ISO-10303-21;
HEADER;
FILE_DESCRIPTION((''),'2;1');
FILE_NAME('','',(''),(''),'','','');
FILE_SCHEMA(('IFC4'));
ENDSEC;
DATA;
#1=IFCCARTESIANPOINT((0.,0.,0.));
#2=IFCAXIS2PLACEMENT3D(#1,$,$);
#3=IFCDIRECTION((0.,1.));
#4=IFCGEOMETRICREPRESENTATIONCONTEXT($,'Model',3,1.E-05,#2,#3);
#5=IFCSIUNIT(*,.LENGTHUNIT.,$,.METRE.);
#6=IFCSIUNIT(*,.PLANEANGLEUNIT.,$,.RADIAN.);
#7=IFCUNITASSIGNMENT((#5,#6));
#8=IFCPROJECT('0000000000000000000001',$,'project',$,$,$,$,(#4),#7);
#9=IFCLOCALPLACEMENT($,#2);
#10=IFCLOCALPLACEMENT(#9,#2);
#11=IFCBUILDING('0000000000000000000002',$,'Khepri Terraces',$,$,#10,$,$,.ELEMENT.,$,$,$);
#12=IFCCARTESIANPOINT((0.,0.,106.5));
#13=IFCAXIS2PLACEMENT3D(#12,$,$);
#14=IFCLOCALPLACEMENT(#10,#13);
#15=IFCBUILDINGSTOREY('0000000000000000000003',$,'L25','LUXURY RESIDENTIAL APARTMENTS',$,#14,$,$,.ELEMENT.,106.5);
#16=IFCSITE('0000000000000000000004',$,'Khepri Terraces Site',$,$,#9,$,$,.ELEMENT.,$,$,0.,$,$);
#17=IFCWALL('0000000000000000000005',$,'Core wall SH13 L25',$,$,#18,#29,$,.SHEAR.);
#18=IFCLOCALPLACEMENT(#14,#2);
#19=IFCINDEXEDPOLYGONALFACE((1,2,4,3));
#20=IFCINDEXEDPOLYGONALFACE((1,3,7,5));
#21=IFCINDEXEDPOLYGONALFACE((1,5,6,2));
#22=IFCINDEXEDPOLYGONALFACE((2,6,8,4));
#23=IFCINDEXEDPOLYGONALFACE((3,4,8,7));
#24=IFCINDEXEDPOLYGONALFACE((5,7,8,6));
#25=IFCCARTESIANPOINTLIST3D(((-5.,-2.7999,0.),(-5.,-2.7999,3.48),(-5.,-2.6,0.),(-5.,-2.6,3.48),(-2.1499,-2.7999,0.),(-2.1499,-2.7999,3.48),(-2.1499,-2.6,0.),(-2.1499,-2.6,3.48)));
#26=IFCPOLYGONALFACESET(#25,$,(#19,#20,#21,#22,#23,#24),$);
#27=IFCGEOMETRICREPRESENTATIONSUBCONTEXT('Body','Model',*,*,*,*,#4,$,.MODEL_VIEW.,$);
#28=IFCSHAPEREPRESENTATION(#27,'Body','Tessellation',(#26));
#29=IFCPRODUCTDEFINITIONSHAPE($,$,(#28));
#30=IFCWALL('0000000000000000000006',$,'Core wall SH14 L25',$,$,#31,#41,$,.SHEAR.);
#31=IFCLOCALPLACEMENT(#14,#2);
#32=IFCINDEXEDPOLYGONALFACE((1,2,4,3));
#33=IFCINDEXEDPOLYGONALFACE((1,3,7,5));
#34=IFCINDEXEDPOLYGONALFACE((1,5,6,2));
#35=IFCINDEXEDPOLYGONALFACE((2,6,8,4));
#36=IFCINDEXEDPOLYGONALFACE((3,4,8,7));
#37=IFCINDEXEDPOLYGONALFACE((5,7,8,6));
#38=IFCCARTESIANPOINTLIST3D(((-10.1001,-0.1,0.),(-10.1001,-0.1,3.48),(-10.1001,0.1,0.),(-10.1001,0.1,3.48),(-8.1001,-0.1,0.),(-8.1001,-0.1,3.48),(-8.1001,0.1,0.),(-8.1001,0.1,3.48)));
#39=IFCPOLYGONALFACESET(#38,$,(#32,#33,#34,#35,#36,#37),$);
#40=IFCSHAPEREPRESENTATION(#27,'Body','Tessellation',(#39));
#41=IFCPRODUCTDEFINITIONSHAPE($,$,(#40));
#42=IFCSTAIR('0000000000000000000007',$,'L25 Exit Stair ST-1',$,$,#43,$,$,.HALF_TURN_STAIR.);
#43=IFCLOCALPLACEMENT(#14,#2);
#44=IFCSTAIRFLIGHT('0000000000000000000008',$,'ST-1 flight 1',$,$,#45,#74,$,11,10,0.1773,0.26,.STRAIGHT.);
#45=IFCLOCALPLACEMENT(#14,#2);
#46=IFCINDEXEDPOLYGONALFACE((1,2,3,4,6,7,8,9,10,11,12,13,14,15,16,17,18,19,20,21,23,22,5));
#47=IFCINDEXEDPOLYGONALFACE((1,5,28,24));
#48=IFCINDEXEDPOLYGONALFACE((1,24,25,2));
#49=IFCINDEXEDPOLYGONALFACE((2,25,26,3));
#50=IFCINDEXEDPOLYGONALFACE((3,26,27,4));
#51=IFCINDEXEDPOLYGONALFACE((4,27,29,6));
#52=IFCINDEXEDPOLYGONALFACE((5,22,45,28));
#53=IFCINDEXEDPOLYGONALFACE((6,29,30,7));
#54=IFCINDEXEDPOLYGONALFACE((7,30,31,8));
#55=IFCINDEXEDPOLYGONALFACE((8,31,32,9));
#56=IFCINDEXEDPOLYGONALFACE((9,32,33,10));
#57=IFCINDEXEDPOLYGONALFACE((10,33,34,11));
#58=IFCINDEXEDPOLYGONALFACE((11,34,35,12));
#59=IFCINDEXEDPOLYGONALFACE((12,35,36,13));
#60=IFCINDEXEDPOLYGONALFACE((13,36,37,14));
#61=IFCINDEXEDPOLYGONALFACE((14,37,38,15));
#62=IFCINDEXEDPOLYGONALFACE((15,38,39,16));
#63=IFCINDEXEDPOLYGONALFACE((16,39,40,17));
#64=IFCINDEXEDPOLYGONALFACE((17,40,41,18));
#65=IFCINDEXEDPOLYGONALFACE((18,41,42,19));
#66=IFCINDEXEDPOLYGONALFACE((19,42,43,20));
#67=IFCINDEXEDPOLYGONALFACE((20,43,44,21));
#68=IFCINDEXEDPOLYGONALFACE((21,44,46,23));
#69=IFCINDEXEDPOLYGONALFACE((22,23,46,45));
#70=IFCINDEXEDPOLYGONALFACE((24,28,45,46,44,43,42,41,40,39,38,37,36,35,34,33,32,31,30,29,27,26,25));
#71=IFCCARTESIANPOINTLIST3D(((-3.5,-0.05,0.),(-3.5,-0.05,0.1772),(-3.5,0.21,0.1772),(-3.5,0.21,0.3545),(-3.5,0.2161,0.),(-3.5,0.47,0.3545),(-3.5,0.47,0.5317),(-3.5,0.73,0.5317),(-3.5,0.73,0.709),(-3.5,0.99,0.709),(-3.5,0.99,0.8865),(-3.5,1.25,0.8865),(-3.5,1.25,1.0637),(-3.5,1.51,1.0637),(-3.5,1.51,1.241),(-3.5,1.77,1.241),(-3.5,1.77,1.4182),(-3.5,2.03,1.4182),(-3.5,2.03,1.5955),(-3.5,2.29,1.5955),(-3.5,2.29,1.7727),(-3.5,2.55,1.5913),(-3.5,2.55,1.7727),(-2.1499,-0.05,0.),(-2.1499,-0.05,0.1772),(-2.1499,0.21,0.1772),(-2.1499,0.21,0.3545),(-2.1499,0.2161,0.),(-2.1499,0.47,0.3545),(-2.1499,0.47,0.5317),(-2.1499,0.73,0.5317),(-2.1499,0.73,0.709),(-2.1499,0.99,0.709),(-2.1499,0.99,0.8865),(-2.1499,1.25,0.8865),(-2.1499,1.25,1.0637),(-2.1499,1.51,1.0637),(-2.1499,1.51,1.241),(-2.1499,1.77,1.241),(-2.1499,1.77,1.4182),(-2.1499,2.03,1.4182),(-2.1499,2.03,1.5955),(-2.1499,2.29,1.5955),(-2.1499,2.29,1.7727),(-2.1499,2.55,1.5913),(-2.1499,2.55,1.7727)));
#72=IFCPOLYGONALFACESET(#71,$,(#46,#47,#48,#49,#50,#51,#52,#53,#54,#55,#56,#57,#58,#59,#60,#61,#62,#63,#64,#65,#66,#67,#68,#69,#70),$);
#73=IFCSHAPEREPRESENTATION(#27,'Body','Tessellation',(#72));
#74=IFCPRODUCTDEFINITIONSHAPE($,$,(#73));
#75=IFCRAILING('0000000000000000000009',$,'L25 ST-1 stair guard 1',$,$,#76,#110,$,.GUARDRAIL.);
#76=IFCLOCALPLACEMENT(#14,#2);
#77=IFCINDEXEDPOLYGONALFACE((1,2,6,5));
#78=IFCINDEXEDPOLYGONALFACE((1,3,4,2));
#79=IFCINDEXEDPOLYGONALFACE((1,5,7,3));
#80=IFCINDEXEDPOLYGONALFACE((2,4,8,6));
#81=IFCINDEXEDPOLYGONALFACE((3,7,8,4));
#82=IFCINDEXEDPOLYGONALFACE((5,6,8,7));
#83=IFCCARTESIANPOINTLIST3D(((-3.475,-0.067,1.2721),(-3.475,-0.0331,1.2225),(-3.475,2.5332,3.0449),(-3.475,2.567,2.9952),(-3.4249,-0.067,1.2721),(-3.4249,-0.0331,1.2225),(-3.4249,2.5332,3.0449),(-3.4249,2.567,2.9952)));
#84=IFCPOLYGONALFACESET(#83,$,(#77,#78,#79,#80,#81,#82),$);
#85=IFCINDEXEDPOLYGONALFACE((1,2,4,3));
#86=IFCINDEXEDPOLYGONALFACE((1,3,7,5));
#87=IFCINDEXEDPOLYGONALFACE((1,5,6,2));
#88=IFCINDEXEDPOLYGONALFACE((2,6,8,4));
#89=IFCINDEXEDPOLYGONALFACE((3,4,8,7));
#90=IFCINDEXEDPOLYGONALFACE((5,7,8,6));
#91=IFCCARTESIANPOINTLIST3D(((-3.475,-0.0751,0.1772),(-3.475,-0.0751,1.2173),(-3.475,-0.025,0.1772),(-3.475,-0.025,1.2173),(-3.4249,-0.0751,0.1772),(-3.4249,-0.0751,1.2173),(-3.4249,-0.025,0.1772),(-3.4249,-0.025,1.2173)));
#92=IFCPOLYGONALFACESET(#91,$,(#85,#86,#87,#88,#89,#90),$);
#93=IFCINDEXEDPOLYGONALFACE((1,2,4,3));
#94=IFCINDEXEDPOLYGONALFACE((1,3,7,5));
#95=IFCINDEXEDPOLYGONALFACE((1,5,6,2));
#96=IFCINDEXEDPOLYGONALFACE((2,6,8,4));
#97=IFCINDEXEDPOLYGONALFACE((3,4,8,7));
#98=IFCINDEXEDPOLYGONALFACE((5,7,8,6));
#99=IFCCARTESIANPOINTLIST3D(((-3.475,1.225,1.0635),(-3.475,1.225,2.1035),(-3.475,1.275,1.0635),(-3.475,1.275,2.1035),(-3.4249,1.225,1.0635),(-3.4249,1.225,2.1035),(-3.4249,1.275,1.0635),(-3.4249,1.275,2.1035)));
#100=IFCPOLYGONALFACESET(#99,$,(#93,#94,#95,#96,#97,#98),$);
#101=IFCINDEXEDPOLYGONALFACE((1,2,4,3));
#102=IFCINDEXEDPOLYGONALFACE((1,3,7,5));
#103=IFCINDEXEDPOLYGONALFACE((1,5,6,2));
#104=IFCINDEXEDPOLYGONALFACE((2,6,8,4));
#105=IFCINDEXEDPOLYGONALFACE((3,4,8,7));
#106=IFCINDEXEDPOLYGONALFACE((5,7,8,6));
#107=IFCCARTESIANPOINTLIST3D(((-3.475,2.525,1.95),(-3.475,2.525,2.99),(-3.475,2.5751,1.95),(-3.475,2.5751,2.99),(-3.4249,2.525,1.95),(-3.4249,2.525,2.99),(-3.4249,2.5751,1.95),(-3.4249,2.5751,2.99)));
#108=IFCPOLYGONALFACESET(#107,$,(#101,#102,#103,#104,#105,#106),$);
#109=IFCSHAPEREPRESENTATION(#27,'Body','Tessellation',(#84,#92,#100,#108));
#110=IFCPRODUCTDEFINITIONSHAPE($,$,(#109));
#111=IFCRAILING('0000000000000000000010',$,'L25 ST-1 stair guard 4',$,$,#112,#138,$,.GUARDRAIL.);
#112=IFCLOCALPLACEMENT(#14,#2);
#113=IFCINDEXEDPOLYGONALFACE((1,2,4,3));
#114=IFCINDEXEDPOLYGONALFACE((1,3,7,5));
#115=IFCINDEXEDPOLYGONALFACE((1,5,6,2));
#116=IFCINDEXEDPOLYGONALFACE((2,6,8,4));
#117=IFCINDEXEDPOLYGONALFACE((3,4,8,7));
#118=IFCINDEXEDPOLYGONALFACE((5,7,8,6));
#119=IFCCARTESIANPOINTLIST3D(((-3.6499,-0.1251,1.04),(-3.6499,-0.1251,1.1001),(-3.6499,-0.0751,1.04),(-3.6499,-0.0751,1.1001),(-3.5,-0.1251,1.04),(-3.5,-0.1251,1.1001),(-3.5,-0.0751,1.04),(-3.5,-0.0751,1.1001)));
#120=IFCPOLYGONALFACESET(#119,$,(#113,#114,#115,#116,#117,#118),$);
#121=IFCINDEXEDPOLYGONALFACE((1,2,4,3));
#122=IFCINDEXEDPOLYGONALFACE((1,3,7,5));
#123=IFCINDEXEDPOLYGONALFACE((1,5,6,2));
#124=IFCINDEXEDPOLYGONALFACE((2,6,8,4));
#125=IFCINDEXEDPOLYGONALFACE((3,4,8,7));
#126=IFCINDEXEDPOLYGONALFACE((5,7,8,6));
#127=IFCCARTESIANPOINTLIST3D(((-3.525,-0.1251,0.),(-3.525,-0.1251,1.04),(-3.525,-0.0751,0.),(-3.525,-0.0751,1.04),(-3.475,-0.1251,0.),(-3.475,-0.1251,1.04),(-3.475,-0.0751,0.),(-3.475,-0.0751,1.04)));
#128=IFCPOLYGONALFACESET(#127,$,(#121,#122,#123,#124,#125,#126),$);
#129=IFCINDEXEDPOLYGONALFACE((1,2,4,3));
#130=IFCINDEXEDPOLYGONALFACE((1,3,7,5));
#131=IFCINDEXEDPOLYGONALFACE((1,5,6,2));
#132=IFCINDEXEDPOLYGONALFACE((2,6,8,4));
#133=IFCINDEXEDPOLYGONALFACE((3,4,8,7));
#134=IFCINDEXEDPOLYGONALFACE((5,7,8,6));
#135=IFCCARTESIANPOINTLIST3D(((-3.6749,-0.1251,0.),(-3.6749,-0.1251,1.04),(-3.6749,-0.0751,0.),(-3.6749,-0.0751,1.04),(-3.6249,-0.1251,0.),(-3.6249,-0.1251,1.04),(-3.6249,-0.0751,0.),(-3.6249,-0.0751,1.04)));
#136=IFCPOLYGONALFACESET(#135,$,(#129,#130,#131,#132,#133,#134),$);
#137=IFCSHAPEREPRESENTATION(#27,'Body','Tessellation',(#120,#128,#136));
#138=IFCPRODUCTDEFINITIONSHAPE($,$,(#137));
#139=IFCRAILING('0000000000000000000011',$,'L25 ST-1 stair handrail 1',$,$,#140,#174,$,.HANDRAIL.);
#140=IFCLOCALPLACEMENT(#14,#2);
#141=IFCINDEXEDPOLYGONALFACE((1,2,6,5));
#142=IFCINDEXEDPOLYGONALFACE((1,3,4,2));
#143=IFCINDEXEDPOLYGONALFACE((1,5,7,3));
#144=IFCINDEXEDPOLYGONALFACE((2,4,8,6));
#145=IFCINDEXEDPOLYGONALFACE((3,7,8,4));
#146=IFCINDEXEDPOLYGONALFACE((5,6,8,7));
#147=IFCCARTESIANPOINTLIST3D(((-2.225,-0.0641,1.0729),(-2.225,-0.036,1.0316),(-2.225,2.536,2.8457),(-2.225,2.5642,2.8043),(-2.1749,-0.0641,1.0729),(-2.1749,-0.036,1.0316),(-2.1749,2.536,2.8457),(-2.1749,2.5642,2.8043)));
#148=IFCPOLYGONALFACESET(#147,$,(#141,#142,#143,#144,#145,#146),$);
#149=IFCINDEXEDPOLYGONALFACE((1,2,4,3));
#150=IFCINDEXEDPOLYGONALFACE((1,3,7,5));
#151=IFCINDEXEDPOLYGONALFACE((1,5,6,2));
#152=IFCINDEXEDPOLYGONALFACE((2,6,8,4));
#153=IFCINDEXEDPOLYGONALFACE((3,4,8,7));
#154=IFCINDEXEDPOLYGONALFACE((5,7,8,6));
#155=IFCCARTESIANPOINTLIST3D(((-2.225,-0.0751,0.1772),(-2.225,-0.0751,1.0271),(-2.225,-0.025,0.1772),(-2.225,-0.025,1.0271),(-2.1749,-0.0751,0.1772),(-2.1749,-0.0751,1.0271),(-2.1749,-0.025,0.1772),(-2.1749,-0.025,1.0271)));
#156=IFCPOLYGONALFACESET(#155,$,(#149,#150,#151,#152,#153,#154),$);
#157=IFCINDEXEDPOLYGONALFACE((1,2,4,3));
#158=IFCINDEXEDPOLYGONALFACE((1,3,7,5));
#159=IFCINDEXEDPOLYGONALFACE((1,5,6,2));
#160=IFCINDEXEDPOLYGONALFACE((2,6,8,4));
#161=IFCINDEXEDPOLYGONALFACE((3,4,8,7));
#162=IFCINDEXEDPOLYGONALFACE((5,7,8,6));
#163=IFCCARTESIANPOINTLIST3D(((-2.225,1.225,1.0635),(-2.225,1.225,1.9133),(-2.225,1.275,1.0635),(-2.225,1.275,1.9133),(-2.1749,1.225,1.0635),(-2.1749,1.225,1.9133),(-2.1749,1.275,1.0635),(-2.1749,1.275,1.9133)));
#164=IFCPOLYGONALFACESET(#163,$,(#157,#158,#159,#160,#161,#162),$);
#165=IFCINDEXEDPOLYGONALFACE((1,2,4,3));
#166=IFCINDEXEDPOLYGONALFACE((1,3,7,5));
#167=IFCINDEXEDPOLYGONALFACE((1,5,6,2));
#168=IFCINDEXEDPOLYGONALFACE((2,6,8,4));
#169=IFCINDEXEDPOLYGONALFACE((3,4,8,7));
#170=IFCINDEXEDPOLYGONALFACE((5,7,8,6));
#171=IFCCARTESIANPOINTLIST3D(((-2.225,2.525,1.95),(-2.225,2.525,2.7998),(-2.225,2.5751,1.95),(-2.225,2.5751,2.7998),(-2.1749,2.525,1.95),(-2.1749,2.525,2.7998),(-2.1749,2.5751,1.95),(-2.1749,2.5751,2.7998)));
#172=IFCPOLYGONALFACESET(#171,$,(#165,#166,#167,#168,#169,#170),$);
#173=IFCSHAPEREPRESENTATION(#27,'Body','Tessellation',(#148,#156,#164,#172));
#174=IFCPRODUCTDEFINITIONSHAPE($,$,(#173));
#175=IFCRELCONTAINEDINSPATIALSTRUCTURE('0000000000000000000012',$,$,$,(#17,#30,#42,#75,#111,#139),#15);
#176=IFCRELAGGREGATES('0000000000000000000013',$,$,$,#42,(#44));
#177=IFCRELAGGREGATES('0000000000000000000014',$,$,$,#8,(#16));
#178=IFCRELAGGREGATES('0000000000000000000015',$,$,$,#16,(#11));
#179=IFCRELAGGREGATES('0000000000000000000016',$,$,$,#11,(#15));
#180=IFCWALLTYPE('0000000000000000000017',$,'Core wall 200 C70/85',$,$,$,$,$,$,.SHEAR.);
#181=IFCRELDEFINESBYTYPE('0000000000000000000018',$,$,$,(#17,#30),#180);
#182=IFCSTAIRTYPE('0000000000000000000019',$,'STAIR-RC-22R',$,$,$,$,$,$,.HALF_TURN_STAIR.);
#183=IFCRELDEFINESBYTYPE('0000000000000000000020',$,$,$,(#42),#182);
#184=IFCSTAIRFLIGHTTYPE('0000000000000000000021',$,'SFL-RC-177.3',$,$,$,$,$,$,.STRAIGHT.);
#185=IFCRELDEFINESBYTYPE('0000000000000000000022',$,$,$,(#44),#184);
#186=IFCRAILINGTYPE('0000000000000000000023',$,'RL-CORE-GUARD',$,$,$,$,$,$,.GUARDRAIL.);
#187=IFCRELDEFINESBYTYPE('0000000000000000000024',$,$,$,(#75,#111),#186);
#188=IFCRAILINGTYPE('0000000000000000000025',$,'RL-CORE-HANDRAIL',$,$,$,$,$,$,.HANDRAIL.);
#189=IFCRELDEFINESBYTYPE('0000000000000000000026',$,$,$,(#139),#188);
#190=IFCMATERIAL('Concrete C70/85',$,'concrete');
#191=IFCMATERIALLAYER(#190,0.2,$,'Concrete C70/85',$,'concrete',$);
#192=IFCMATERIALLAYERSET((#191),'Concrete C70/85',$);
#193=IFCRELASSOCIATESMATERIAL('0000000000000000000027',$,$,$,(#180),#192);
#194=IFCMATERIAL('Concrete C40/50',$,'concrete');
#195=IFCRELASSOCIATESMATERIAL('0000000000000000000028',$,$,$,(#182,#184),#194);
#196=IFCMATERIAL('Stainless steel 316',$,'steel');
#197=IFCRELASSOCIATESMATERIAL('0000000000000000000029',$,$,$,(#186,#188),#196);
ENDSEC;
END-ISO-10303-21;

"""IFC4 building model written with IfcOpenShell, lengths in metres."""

from ifc_helpers import new_model, si_unit, direction, frame, frame_2d, origin, origin_2d, place, context, subcontext, project, spatial, polyline, rectangle, outline, extrude, material, layer, layer_set, type_object, element, aggregate, save


model = new_model("IFC4")

# Units and contexts
model_context = context("Model", 3, precision=1e-05, world=origin(), true_north=direction((0.0, 1.0)))
body_context = subcontext(model_context, "Body", "Model", "MODEL_VIEW")
ifc_project = project(units=[si_unit("LENGTHUNIT", "METRE"), si_unit("PLANEANGLEUNIT", "RADIAN")], contexts=[model_context])

# Site, building, storey
site_placement = place(None, origin())
site = spatial("IfcSite", under=ifc_project, at=site_placement, Name="Khepri Terraces Site", CompositionType="ELEMENT", RefElevation=0.0)
building_placement = place(site_placement, origin())
building = spatial("IfcBuilding", under=site, at=building_placement, Name="Khepri Terraces", CompositionType="ELEMENT")
storey_placement = place(building_placement, frame((0.0, 0.0, 106.5)))
storey = spatial("IfcBuildingStorey", under=building, at=storey_placement, Name="L25", Description="LUXURY RESIDENTIAL APARTMENTS", CompositionType="ELEMENT", Elevation=106.5)

# Shared definitions
ifc_material_1 = material(Name="Concrete C40/50", Category="concrete")

# Shared definitions
ifc_material_2 = material(Name="Concrete C70/85", Category="concrete")
ifc_layer_1 = layer(ifc_material_2, 0.2, Name="Concrete C70/85", Category="concrete")
ifc_layer_set_1 = layer_set([ifc_layer_1], Name="Concrete C70/85")
wall_type = type_object("IfcWallType", Name="Core wall 200 C70/85", PredefinedType="SHEAR", material=ifc_layer_set_1)

# Walls
wall_1_placement = place(storey_placement, frame((-5.0, -2.7, 0.0), z_axis=(0.0, 0.0, 1.0), x_axis=(1.0, 0.0, 0.0)))
element("IfcWall", 1, at=wall_1_placement, inside=storey, type_object=wall_type, Name="Core wall SH13 L25", PredefinedType="SHEAR", context=body_context, shape_type="SweptSolid", body=[
    extrude(rectangle(XDim=2.8501, YDim=0.2, at=frame_2d((1.425, 0.0))), origin(), (0.0, 0.0, 1.0), 3.48),
])
wall_2_placement = place(storey_placement, frame((-10.1001, 0.0, 0.0), z_axis=(0.0, 0.0, 1.0), x_axis=(1.0, 0.0, 0.0)))
element("IfcWall", 2, at=wall_2_placement, inside=storey, type_object=wall_type, Name="Core wall SH14 L25", PredefinedType="SHEAR", context=body_context, shape_type="SweptSolid", body=[
    extrude(rectangle(XDim=2.0, YDim=0.2, at=frame_2d((1.0, 0.0))), origin(), (0.0, 0.0, 1.0), 3.48),
])

# Stair, stair flight
stair_type = type_object("IfcStairType", Name="STAIR-RC-22R", PredefinedType="HALF_TURN_STAIR", material=ifc_material_1)
stair_placement = place(storey_placement, origin())
stair = element("IfcStair", 3, at=stair_placement, inside=storey, type_object=stair_type, Name="L25 Exit Stair ST-1", PredefinedType="HALF_TURN_STAIR")
stair_flight_type = type_object("IfcStairFlightType", Name="SFL-RC-177.3", PredefinedType="STRAIGHT", material=ifc_material_1)
stair_flight_placement = place(storey_placement, frame((-2.825, -0.05, 0.0), z_axis=(0.0, 0.0, 1.0), x_axis=(0.0, 1.0, 0.0)))
stair_flight = element("IfcStairFlight", 4, at=stair_flight_placement, type_object=stair_flight_type, Name="ST-1 flight 1", NumberOfRisers=11, NumberOfTreads=10, PredefinedType="STRAIGHT", RiserHeight=0.1773, TreadLength=0.26, context=body_context, shape_type="SweptSolid", body=[
    extrude(outline(polyline([(0.0, 0.0), (0.0, 0.1772), (0.26, 0.1772), (0.26, 0.3545), (0.52, 0.3545), (0.52, 0.5317), (0.78, 0.5317), (0.78, 0.709), (1.04, 0.709), (1.04, 0.8865), (1.3, 0.8865), (1.3, 1.0637), (1.5601, 1.0637), (1.5601, 1.241), (1.8201, 1.241), (1.8201, 1.4182), (2.0801, 1.4182), (2.0801, 1.5955), (2.3401, 1.5955), (2.3401, 1.7727), (2.6001, 1.7727), (2.6001, 1.95), (2.6001, 1.5913), (0.2661, 0.0), (0.0, 0.0)])), frame((0.0, 0.675, 0.0), z_axis=(0.0, -1.0, 0.0), x_axis=(1.0, 0.0, 0.0)), (0.0, 0.0, 1.0), 1.3501),
])
aggregate(stair, [stair_flight])

# Railings
ifc_material_3 = material(Name="Stainless steel 316", Category="steel")
railing_type_1 = type_object("IfcRailingType", Name="RL-CORE-GUARD", PredefinedType="GUARDRAIL", material=ifc_material_3)
railing_1_placement = place(storey_placement, frame((-3.45, -0.05, 0.1772)))
element("IfcRailing", 5, at=railing_1_placement, inside=storey, type_object=railing_type_1, Name="L25 ST-1 stair guard 1", PredefinedType="GUARDRAIL", context=body_context, shape_type="SweptSolid", body=[
    extrude(rectangle(XDim=0.05, YDim=0.0601, at=origin_2d()), frame((0.0, 0.0, 1.0701), z_axis=(0.0, 0.82624, 0.563318), x_axis=(-1.0, 0.0, 0.0)), (0.0, 0.0, 1.0), 3.147),
    extrude(rectangle(XDim=0.05, YDim=0.05, at=origin_2d()), origin(), (0.0, 0.0, 1.0), 1.04),
    extrude(rectangle(XDim=0.05, YDim=0.05, at=origin_2d()), frame((0.0, 1.3, 0.8862)), (0.0, 0.0, 1.0), 1.04),
    extrude(rectangle(XDim=0.05, YDim=0.05, at=origin_2d()), frame((0.0, 2.6001, 1.7727)), (0.0, 0.0, 1.0), 1.04),
])
railing_2_placement = place(storey_placement, frame((-3.5, -0.1001, 0.0)))
element("IfcRailing", 6, at=railing_2_placement, inside=storey, type_object=railing_type_1, Name="L25 ST-1 stair guard 4", PredefinedType="GUARDRAIL", context=body_context, shape_type="SweptSolid", body=[
    extrude(rectangle(XDim=0.05, YDim=0.0601, at=origin_2d()), frame((0.0, 0.0, 1.0701), z_axis=(-1.0, 0.0, 0.0), x_axis=(0.0, -1.0, 0.0)), (0.0, 0.0, 1.0), 0.1499),
    extrude(rectangle(XDim=0.05, YDim=0.05, at=origin_2d()), origin(), (0.0, 0.0, 1.0), 1.04),
    extrude(rectangle(XDim=0.05, YDim=0.05, at=origin_2d()), frame((-0.1499, 0.0, 0.0)), (0.0, 0.0, 1.0), 1.04),
])
railing_type_2 = type_object("IfcRailingType", Name="RL-CORE-HANDRAIL", PredefinedType="HANDRAIL", material=ifc_material_3)
railing_3_placement = place(storey_placement, frame((-2.2, -0.05, 0.1772)))
element("IfcRailing", 7, at=railing_3_placement, inside=storey, type_object=railing_type_2, Name="L25 ST-1 stair handrail 1", PredefinedType="HANDRAIL", context=body_context, shape_type="SweptSolid", body=[
    extrude(rectangle(XDim=0.05, YDim=0.05, at=origin_2d()), frame((0.0, 0.0, 0.875), z_axis=(0.0, 0.82624, 0.563318), x_axis=(-1.0, 0.0, 0.0)), (0.0, 0.0, 1.0), 3.147),
    extrude(rectangle(XDim=0.05, YDim=0.05, at=origin_2d()), origin(), (0.0, 0.0, 1.0), 0.8499),
    extrude(rectangle(XDim=0.05, YDim=0.05, at=origin_2d()), frame((0.0, 1.3, 0.8862)), (0.0, 0.0, 1.0), 0.8499),
    extrude(rectangle(XDim=0.05, YDim=0.05, at=origin_2d()), frame((0.0, 2.6001, 1.7727)), (0.0, 0.0, 1.0), 0.8499),
])

save(model, "model.ifc")
